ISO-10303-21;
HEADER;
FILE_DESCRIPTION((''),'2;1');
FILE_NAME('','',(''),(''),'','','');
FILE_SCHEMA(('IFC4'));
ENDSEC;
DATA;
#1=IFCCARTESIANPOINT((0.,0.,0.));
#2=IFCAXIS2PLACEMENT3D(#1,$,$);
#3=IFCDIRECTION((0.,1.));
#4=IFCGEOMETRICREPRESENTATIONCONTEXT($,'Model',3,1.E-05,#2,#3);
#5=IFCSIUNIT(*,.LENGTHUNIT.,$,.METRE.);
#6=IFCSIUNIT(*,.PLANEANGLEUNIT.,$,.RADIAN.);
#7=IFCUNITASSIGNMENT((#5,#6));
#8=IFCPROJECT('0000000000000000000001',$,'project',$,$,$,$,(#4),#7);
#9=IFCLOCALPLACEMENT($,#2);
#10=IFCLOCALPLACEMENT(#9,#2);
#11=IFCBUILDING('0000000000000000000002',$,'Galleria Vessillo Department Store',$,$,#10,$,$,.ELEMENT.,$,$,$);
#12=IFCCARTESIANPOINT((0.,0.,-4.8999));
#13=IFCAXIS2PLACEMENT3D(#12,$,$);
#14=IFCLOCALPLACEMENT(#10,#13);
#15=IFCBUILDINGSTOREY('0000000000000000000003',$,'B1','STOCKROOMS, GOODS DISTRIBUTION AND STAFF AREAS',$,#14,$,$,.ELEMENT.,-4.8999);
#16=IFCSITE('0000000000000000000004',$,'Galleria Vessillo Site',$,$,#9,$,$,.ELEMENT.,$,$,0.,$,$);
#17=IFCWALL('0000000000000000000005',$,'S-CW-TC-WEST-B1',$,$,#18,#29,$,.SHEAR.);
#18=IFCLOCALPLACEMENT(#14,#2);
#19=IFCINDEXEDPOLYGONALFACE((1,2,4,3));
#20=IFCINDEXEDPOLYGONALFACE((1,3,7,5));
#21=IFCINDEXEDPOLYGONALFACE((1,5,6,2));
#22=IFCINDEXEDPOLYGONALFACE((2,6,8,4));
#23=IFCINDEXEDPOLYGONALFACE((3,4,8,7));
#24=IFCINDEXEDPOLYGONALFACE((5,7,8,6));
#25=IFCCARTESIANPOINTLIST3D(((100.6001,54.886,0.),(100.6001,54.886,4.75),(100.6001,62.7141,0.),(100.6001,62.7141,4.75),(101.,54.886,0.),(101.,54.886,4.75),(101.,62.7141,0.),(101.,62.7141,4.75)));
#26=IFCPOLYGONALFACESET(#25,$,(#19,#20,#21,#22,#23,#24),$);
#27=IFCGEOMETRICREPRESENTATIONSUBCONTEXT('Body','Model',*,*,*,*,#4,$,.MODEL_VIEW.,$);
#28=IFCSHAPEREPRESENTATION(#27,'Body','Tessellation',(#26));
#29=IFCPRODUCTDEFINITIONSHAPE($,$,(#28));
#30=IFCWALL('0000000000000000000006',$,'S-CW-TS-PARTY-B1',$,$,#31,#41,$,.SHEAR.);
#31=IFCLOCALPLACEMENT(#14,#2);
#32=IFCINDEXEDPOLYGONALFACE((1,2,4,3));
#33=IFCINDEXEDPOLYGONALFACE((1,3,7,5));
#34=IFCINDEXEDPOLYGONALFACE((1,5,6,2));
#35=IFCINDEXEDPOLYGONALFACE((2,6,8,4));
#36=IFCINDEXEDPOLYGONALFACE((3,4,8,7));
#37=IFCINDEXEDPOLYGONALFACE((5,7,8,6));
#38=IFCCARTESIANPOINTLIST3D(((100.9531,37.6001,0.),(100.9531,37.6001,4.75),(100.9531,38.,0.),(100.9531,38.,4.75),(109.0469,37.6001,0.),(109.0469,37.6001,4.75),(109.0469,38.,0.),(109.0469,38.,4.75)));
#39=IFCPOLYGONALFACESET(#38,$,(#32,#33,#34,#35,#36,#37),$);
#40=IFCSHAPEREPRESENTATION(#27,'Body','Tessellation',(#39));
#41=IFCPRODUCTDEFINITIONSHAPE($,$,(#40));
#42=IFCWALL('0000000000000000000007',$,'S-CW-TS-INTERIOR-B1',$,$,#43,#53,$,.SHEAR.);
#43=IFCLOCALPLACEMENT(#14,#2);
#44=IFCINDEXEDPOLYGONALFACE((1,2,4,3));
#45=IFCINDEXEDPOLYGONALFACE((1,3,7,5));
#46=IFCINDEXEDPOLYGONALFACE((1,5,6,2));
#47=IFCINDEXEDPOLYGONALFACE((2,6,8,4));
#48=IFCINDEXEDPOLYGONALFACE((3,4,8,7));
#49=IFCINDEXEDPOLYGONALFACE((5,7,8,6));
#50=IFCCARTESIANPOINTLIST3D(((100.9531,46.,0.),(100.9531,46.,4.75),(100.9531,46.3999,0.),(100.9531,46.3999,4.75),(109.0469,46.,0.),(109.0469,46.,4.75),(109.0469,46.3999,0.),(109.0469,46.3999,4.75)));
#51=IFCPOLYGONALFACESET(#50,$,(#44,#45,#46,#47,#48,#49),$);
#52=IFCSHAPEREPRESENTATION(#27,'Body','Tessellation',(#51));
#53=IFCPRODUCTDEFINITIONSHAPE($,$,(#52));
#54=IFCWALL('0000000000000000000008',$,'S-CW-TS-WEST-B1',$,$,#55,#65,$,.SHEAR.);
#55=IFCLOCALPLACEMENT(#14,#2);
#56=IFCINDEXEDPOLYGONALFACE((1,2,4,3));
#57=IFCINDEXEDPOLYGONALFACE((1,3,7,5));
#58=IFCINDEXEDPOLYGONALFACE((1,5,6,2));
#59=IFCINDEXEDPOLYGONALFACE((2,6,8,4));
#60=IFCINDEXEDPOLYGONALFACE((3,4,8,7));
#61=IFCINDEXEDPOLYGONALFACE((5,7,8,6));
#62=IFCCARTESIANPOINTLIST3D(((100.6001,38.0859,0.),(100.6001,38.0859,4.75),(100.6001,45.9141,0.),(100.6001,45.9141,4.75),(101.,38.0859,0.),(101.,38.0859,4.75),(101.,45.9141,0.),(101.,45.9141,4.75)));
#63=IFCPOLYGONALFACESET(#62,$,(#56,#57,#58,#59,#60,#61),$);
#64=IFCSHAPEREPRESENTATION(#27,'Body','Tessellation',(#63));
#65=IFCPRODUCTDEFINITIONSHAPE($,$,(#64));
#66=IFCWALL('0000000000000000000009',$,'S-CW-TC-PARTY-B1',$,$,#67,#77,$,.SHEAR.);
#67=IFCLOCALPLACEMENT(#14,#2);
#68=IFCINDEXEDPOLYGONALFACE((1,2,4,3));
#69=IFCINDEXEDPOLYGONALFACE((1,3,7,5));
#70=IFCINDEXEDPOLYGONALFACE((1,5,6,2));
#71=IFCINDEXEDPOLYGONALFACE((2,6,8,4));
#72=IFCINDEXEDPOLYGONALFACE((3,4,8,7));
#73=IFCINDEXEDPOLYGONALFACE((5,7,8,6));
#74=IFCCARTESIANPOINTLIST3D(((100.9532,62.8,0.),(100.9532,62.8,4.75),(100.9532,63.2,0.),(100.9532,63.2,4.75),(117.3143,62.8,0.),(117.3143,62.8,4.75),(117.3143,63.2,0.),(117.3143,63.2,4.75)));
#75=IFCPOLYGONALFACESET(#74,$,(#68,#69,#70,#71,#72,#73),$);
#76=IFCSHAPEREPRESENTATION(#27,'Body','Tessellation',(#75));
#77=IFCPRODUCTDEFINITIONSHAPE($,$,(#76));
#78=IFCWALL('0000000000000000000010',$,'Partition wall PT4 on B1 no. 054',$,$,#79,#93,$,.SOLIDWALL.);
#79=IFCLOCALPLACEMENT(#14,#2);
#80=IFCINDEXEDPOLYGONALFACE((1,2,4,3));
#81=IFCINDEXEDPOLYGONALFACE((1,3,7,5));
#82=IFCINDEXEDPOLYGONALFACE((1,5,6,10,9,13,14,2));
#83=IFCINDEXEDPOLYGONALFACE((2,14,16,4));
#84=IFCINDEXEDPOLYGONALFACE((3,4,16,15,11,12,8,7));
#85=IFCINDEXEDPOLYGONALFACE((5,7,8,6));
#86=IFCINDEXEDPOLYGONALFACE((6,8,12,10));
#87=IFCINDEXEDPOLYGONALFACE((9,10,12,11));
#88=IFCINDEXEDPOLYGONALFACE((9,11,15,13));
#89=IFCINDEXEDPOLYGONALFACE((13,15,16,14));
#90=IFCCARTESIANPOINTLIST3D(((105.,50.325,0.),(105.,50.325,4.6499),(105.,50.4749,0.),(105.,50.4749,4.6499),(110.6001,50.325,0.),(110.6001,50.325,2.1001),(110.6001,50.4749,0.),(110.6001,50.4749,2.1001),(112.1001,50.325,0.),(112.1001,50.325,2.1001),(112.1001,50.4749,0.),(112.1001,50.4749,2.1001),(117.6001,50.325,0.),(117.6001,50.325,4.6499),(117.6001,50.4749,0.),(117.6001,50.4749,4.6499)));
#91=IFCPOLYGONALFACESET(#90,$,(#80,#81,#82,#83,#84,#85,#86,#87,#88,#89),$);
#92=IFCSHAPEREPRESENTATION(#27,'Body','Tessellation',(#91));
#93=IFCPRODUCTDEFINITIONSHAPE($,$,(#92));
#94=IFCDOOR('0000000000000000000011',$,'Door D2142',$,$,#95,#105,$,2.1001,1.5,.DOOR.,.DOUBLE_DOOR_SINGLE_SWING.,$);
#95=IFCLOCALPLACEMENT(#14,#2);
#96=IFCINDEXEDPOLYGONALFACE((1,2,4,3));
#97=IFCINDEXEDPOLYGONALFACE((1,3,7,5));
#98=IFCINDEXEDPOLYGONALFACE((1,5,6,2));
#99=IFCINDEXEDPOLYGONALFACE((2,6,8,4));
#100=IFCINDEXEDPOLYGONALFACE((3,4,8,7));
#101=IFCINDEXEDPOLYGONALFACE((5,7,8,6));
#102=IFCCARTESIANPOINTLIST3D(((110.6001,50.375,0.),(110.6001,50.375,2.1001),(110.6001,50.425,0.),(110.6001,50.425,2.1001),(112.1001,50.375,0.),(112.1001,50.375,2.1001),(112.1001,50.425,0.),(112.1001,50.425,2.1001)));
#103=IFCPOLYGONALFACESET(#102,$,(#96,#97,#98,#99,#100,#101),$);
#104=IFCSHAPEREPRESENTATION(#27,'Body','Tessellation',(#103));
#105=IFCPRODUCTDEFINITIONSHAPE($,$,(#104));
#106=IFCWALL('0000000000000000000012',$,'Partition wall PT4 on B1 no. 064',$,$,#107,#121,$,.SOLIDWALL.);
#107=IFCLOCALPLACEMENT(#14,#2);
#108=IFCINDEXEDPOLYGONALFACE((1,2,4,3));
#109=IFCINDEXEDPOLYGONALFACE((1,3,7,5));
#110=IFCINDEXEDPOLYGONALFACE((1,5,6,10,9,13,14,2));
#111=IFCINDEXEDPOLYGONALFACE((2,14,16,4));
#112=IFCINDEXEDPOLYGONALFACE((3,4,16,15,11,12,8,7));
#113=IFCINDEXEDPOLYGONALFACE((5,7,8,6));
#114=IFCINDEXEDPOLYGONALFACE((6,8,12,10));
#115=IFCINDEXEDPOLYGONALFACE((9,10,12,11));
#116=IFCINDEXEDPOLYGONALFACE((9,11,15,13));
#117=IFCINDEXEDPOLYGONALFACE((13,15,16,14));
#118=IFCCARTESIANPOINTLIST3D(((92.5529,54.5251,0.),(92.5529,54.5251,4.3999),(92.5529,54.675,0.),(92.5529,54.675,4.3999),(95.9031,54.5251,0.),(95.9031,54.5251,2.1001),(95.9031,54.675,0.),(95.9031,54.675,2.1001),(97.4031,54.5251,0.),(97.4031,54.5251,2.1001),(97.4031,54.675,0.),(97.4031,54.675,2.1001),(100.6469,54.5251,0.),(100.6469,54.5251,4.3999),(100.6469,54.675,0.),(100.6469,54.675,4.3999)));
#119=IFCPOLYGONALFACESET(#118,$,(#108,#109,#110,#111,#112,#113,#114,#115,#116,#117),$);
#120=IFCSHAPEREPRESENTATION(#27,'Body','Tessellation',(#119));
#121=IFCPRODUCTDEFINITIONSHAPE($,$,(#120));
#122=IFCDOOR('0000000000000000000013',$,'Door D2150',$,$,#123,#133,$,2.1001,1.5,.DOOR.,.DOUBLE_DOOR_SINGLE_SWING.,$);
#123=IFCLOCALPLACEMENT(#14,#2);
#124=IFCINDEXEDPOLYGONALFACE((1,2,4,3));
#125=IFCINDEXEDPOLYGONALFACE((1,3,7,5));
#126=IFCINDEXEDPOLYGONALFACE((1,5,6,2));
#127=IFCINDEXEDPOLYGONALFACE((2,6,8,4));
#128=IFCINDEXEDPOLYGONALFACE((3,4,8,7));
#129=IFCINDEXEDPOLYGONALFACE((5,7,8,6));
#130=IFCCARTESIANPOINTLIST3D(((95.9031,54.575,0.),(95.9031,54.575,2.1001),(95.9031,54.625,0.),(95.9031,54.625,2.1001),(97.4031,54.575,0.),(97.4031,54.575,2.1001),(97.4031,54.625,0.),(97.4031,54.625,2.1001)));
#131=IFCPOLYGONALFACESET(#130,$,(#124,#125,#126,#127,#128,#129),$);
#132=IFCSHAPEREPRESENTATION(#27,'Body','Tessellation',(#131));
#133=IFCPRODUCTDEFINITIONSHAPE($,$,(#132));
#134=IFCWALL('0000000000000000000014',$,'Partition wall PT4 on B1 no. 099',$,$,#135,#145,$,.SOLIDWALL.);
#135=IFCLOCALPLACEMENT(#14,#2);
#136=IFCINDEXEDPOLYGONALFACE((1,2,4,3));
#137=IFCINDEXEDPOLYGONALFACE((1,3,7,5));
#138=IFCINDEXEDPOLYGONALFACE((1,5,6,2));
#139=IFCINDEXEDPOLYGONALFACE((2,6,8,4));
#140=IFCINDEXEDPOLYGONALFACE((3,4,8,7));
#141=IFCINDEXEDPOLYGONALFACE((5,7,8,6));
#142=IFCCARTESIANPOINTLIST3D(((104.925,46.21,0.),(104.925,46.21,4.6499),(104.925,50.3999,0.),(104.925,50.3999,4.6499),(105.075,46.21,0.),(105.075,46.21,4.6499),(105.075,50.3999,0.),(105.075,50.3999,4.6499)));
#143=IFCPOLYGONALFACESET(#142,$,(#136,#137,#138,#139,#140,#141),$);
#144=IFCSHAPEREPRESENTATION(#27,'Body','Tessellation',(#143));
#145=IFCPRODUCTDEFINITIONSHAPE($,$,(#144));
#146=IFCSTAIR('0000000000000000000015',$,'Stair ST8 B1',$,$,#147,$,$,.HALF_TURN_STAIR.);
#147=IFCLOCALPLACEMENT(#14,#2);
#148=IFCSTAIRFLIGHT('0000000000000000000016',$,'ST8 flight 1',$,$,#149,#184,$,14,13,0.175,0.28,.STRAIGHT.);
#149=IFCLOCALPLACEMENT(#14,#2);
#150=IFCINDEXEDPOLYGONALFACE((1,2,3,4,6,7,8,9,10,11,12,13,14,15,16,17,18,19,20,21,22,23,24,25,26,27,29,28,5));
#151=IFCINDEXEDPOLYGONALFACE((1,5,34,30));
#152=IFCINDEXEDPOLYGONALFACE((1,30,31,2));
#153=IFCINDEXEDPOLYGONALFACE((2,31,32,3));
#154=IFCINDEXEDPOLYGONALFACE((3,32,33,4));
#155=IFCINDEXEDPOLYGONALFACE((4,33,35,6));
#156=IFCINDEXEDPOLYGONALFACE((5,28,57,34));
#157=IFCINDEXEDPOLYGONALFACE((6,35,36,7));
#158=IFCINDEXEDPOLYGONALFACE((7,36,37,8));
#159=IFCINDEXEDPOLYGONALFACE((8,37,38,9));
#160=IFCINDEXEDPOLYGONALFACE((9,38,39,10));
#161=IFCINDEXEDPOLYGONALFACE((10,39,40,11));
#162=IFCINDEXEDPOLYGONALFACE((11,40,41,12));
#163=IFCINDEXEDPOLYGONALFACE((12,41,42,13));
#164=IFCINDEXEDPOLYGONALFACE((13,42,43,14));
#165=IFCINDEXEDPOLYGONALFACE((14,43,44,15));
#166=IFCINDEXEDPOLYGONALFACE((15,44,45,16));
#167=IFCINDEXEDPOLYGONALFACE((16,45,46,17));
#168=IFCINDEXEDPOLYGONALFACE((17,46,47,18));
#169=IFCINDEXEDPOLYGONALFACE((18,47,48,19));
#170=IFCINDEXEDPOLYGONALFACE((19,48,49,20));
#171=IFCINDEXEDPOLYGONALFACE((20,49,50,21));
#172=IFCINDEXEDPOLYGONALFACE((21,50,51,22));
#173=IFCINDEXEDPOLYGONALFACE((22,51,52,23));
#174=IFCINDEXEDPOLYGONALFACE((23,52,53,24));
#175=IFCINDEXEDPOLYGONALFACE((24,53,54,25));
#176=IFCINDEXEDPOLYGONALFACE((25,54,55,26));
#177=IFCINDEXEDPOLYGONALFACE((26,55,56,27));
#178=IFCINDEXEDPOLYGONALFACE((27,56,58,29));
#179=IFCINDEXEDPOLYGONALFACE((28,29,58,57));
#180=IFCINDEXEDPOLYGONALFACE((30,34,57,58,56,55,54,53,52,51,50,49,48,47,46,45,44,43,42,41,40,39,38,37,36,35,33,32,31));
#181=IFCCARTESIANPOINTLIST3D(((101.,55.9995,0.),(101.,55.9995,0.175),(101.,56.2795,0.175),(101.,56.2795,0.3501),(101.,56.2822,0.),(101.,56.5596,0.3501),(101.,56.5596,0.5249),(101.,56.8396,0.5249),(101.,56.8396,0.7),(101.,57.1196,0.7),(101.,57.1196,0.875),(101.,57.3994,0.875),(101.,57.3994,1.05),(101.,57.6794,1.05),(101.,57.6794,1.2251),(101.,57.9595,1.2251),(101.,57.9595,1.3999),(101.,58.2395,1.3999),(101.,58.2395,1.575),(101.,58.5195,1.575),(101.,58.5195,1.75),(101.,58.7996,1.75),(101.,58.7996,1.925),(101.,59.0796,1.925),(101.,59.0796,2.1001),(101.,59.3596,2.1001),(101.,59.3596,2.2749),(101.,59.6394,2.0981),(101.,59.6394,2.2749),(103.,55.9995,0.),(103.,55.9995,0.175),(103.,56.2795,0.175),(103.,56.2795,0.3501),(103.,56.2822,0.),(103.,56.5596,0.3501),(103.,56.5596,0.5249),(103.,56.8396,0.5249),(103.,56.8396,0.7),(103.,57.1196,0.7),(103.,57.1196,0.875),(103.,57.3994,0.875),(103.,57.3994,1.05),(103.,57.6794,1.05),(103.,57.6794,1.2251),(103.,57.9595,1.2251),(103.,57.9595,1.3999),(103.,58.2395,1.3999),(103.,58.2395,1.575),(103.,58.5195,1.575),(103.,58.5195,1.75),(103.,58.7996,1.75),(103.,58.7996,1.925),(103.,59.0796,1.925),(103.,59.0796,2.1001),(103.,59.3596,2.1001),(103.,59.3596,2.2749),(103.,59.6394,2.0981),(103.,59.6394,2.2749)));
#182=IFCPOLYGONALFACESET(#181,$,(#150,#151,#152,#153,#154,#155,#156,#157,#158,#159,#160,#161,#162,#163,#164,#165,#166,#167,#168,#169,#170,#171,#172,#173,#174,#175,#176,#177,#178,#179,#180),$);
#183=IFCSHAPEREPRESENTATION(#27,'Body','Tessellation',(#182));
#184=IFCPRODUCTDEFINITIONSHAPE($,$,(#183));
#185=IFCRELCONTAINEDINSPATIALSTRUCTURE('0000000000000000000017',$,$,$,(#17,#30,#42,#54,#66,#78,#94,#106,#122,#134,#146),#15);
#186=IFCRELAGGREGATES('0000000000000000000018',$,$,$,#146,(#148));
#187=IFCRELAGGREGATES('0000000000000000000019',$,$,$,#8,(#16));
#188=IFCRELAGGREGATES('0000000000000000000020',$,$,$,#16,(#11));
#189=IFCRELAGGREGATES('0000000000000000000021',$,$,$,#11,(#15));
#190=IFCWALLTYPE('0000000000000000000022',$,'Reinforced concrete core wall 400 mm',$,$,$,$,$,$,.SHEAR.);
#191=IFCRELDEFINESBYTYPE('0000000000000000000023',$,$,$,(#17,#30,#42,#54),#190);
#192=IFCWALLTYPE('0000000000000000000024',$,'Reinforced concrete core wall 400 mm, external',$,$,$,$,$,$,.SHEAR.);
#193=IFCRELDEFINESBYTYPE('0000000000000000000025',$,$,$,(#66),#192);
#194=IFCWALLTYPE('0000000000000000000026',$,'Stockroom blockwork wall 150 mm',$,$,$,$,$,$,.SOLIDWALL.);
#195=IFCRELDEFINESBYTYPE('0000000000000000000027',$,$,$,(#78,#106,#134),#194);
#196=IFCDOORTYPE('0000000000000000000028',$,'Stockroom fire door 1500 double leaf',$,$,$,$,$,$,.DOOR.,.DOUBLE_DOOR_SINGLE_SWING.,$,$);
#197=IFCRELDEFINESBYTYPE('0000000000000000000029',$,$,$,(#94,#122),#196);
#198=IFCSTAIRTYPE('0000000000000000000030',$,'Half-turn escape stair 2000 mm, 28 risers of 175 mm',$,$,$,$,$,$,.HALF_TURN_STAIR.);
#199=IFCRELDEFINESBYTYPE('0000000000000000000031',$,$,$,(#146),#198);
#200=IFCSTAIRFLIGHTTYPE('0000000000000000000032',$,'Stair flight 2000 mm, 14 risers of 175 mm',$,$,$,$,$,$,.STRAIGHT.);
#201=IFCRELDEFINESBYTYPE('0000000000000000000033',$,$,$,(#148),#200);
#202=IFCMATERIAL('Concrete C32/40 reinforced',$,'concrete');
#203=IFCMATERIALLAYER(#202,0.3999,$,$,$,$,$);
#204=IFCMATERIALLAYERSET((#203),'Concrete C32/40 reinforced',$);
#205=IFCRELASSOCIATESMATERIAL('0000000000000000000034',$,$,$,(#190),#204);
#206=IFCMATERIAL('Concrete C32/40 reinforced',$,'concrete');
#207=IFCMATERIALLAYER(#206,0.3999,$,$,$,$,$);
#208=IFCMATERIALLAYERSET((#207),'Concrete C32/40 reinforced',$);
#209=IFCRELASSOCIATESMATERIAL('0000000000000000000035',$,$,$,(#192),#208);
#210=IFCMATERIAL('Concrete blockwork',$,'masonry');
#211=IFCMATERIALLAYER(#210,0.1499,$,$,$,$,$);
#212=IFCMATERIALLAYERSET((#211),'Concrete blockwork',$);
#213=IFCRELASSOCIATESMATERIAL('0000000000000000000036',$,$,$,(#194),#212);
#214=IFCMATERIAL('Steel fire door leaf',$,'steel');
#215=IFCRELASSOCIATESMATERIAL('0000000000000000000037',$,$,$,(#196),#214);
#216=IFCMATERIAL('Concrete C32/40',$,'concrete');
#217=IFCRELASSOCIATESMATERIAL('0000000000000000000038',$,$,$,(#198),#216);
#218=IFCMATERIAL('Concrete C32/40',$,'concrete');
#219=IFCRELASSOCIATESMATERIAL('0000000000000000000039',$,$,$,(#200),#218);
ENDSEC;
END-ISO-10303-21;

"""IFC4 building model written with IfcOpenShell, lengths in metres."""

from ifc_helpers import new_model, si_unit, direction, frame, frame_2d, origin, place, context, subcontext, project, spatial, polyline, rectangle, outline, extrude, material, layer, layer_set, type_object, element, fill, aggregate, save


model = new_model("IFC4")

# Units and contexts
model_context = context("Model", 3, precision=1e-05, world=origin(), true_north=direction((0.0, 1.0)))
body_context = subcontext(model_context, "Body", "Model", "MODEL_VIEW")
ifc_project = project(units=[si_unit("LENGTHUNIT", "METRE"), si_unit("PLANEANGLEUNIT", "RADIAN")], contexts=[model_context])

# Site, building, storey
site_placement = place(None, origin())
site = spatial("IfcSite", under=ifc_project, at=site_placement, Name="Galleria Vessillo Site", CompositionType="ELEMENT", RefElevation=0.0)
building_placement = place(site_placement, origin())
building = spatial("IfcBuilding", under=site, at=building_placement, Name="Galleria Vessillo Department Store", CompositionType="ELEMENT")
storey_placement = place(building_placement, frame((0.0, 0.0, -4.8999)))
storey = spatial("IfcBuildingStorey", under=building, at=storey_placement, Name="B1", Description="STOCKROOMS, GOODS DISTRIBUTION AND STAFF AREAS", CompositionType="ELEMENT", Elevation=-4.8999)

# Shared definitions
ifc_material_1 = material(Name="Concrete C32/40 reinforced", Category="concrete")
ifc_layer_1 = layer(ifc_material_1, 0.3999)
ifc_layer_set_1 = layer_set([ifc_layer_1], Name="Concrete C32/40 reinforced")
wall_type_1 = type_object("IfcWallType", Name="Reinforced concrete core wall 400 mm", PredefinedType="SHEAR", material=ifc_layer_set_1)

# Walls
wall_1_placement = place(storey_placement, frame((100.8, 54.886, 0.0), z_axis=(0.0, 0.0, 1.0), x_axis=(0.0, 1.0, 0.0)))
element("IfcWall", 1, at=wall_1_placement, inside=storey, type_object=wall_type_1, Name="S-CW-TC-WEST-B1", PredefinedType="SHEAR", context=body_context, shape_type="SweptSolid", body=[
    extrude(rectangle(XDim=7.8281, YDim=0.3999, at=frame_2d((3.9141, 0.0))), origin(), (0.0, 0.0, 1.0), 4.75),
])
for number, where, z_axis, x_axis, name in (
    (2, (100.9531, 37.8, 0.0), (0.0, 0.0, 1.0), (1.0, 0.0, 0.0), "S-CW-TS-PARTY-B1"),
    (3, (100.9531, 46.2, 0.0), (0.0, 0.0, 1.0), (1.0, 0.0, 0.0), "S-CW-TS-INTERIOR-B1"),
):
    element("IfcWall", number, at=place(storey_placement, frame(where, z_axis=z_axis, x_axis=x_axis)), inside=storey, type_object=wall_type_1, Name=name, PredefinedType="SHEAR", context=body_context, shape_type="SweptSolid", body=[
        extrude(rectangle(XDim=8.0938, YDim=0.3999, at=frame_2d((4.0469, 0.0))), origin(), (0.0, 0.0, 1.0), 4.75),
    ])
wall_2_placement = place(storey_placement, frame((100.8, 38.0859, 0.0), z_axis=(0.0, 0.0, 1.0), x_axis=(0.0, 1.0, 0.0)))
element("IfcWall", 4, at=wall_2_placement, inside=storey, type_object=wall_type_1, Name="S-CW-TS-WEST-B1", PredefinedType="SHEAR", context=body_context, shape_type="SweptSolid", body=[
    extrude(rectangle(XDim=7.8281, YDim=0.3999, at=frame_2d((3.9141, 0.0))), origin(), (0.0, 0.0, 1.0), 4.75),
])
ifc_material_2 = material(Name="Concrete C32/40 reinforced", Category="concrete")
ifc_layer_2 = layer(ifc_material_2, 0.3999)
ifc_layer_set_2 = layer_set([ifc_layer_2], Name="Concrete C32/40 reinforced")
wall_type_2 = type_object("IfcWallType", Name="Reinforced concrete core wall 400 mm, external", PredefinedType="SHEAR", material=ifc_layer_set_2)
wall_3_placement = place(storey_placement, frame((100.9531, 63.0, 0.0), z_axis=(0.0, 0.0, 1.0), x_axis=(1.0, 0.0, 0.0)))
element("IfcWall", 5, at=wall_3_placement, inside=storey, type_object=wall_type_2, Name="S-CW-TC-PARTY-B1", PredefinedType="SHEAR", context=body_context, shape_type="SweptSolid", body=[
    extrude(rectangle(XDim=16.3611, YDim=0.3999, at=frame_2d((8.1807, 0.0))), origin(), (0.0, 0.0, 1.0), 4.75),
])

# Walls, openings, doors
ifc_material_3 = material(Name="Concrete blockwork", Category="masonry")
ifc_layer_3 = layer(ifc_material_3, 0.1499)
ifc_layer_set_3 = layer_set([ifc_layer_3], Name="Concrete blockwork")
wall_type_3 = type_object("IfcWallType", Name="Stockroom blockwork wall 150 mm", PredefinedType="SOLIDWALL", material=ifc_layer_set_3)
wall_4_placement = place(storey_placement, frame((105.0, 50.3999, 0.0), z_axis=(0.0, 0.0, 1.0), x_axis=(1.0, 0.0, 0.0)))
wall_4 = element("IfcWall", 6, at=wall_4_placement, inside=storey, type_object=wall_type_3, Name="Partition wall PT4 on B1 no. 054", PredefinedType="SOLIDWALL", context=body_context, shape_type="SweptSolid", body=[
    extrude(rectangle(XDim=12.6001, YDim=0.1499, at=frame_2d((6.3, 0.0))), origin(), (0.0, 0.0, 1.0), 4.6499),
])
opening_1_placement = place(wall_4_placement, frame((5.6001, 0.0, 0.0)))
opening_1 = element("IfcOpeningElement", 7, at=opening_1_placement, cuts=wall_4, PredefinedType="OPENING", context=body_context, shape_type="SweptSolid", body=[
    extrude(rectangle(XDim=1.5, YDim=2.1001, at=frame_2d((0.75, 1.05))), frame((0.0, 0.085, 0.0), z_axis=(0.0, -1.0, 0.0), x_axis=(1.0, 0.0, 0.0)), (0.0, 0.0, 1.0), 0.1699),
])
ifc_material_4 = material(Name="Steel fire door leaf", Category="steel")
door_type_1 = type_object("IfcDoorType", Name="Stockroom fire door 1500 double leaf", OperationType="DOUBLE_DOOR_SINGLE_SWING", PredefinedType="DOOR", material=ifc_material_4)
door_1_placement = place(opening_1_placement, frame((1.5, 0.0, 0.0), z_axis=(0.0, 0.0, 1.0), x_axis=(-1.0, 0.0, 0.0)))
door_1 = element("IfcDoor", 8, at=door_1_placement, inside=storey, type_object=door_type_1, Name="Door D2142", OperationType="DOUBLE_DOOR_SINGLE_SWING", OverallHeight=2.1001, OverallWidth=1.5, PredefinedType="DOOR", context=body_context, shape_type="SweptSolid", body=[
    extrude(rectangle(XDim=1.5, YDim=2.1001, at=frame_2d((0.75, 1.05))), frame((0.0, 0.0249, 0.0), z_axis=(0.0, -1.0, 0.0), x_axis=(1.0, 0.0, 0.0)), (0.0, 0.0, 1.0), 0.05),
])
fill(opening_1, door_1)
wall_5_placement = place(storey_placement, frame((92.553, 54.6001, 0.0), z_axis=(0.0, 0.0, 1.0), x_axis=(1.0, 0.0, 0.0)))
wall_5 = element("IfcWall", 9, at=wall_5_placement, inside=storey, type_object=wall_type_3, Name="Partition wall PT4 on B1 no. 064", PredefinedType="SOLIDWALL", context=body_context, shape_type="SweptSolid", body=[
    extrude(rectangle(XDim=8.094, YDim=0.1499, at=frame_2d((4.0469, 0.0))), origin(), (0.0, 0.0, 1.0), 4.3999),
])
opening_2_placement = place(wall_5_placement, frame((3.3501, 0.0, 0.0)))
opening_2 = element("IfcOpeningElement", 10, at=opening_2_placement, cuts=wall_5, PredefinedType="OPENING", context=body_context, shape_type="SweptSolid", body=[
    extrude(rectangle(XDim=1.5, YDim=2.1001, at=frame_2d((0.75, 1.05))), frame((0.0, 0.085, 0.0), z_axis=(0.0, -1.0, 0.0), x_axis=(1.0, 0.0, 0.0)), (0.0, 0.0, 1.0), 0.1699),
])
door_2_placement = place(opening_2_placement, origin())
door_2 = element("IfcDoor", 11, at=door_2_placement, inside=storey, type_object=door_type_1, Name="Door D2150", OperationType="DOUBLE_DOOR_SINGLE_SWING", OverallHeight=2.1001, OverallWidth=1.5, PredefinedType="DOOR", context=body_context, shape_type="SweptSolid", body=[
    extrude(rectangle(XDim=1.5, YDim=2.1001, at=frame_2d((0.75, 1.05))), frame((0.0, 0.0249, 0.0), z_axis=(0.0, -1.0, 0.0), x_axis=(1.0, 0.0, 0.0)), (0.0, 0.0, 1.0), 0.05),
])
fill(opening_2, door_2)

# Wall
wall_6_placement = place(storey_placement, frame((105.0, 46.21, 0.0), z_axis=(0.0, 0.0, 1.0), x_axis=(0.0, 1.0, 0.0)))
element("IfcWall", 12, at=wall_6_placement, inside=storey, type_object=wall_type_3, Name="Partition wall PT4 on B1 no. 099", PredefinedType="SOLIDWALL", context=body_context, shape_type="SweptSolid", body=[
    extrude(rectangle(XDim=4.1899, YDim=0.1499, at=frame_2d((2.095, 0.0))), origin(), (0.0, 0.0, 1.0), 4.6499),
])

# Stair, stair flight
ifc_material_5 = material(Name="Concrete C32/40", Category="concrete")
stair_type = type_object("IfcStairType", Name="Half-turn escape stair 2000 mm, 28 risers of 175 mm", PredefinedType="HALF_TURN_STAIR", material=ifc_material_5)
stair_1_placement = place(storey_placement, origin())
stair_1 = element("IfcStair", 13, at=stair_1_placement, inside=storey, type_object=stair_type, Name="Stair ST8 B1", PredefinedType="HALF_TURN_STAIR")
ifc_material_6 = material(Name="Concrete C32/40", Category="concrete")
stair_flight_type = type_object("IfcStairFlightType", Name="Stair flight 2000 mm, 14 risers of 175 mm", PredefinedType="STRAIGHT", material=ifc_material_6)
stair_flight_1_placement = place(storey_placement, frame((102.0, 55.9995, 0.0), z_axis=(0.0, 0.0, 1.0), x_axis=(0.0, 1.0, 0.0)))
stair_flight_1 = element("IfcStairFlight", 14, at=stair_flight_1_placement, type_object=stair_flight_type, Name="ST8 flight 1", NumberOfRisers=14, NumberOfTreads=13, PredefinedType="STRAIGHT", RiserHeight=0.175, TreadLength=0.28, context=body_context, shape_type="SweptSolid", body=[
    extrude(outline(polyline([(0.0, 0.0), (0.0, 0.175), (0.28, 0.175), (0.28, 0.3501), (0.5601, 0.3501), (0.5601, 0.5249), (0.8401, 0.5249), (0.8401, 0.7), (1.1201, 0.7), (1.1201, 0.875), (1.3999, 0.875), (1.3999, 1.05), (1.6799, 1.05), (1.6799, 1.2251), (1.96, 1.2251), (1.96, 1.3999), (2.24, 1.3999), (2.24, 1.575), (2.52, 1.575), (2.52, 1.75), (2.8, 1.75), (2.8, 1.925), (3.0801, 1.925), (3.0801, 2.1001), (3.3601, 2.1001), (3.3601, 2.2749), (3.6399, 2.2749), (3.6399, 2.45), (3.6399, 2.0981), (0.2827, 0.0), (0.0, 0.0)])), frame((0.0, 1.0, 0.0), z_axis=(0.0, -1.0, 0.0), x_axis=(1.0, 0.0, 0.0)), (0.0, 0.0, 1.0), 2.0),
])
aggregate(stair_1, [stair_flight_1])

save(model, "model.ifc")
